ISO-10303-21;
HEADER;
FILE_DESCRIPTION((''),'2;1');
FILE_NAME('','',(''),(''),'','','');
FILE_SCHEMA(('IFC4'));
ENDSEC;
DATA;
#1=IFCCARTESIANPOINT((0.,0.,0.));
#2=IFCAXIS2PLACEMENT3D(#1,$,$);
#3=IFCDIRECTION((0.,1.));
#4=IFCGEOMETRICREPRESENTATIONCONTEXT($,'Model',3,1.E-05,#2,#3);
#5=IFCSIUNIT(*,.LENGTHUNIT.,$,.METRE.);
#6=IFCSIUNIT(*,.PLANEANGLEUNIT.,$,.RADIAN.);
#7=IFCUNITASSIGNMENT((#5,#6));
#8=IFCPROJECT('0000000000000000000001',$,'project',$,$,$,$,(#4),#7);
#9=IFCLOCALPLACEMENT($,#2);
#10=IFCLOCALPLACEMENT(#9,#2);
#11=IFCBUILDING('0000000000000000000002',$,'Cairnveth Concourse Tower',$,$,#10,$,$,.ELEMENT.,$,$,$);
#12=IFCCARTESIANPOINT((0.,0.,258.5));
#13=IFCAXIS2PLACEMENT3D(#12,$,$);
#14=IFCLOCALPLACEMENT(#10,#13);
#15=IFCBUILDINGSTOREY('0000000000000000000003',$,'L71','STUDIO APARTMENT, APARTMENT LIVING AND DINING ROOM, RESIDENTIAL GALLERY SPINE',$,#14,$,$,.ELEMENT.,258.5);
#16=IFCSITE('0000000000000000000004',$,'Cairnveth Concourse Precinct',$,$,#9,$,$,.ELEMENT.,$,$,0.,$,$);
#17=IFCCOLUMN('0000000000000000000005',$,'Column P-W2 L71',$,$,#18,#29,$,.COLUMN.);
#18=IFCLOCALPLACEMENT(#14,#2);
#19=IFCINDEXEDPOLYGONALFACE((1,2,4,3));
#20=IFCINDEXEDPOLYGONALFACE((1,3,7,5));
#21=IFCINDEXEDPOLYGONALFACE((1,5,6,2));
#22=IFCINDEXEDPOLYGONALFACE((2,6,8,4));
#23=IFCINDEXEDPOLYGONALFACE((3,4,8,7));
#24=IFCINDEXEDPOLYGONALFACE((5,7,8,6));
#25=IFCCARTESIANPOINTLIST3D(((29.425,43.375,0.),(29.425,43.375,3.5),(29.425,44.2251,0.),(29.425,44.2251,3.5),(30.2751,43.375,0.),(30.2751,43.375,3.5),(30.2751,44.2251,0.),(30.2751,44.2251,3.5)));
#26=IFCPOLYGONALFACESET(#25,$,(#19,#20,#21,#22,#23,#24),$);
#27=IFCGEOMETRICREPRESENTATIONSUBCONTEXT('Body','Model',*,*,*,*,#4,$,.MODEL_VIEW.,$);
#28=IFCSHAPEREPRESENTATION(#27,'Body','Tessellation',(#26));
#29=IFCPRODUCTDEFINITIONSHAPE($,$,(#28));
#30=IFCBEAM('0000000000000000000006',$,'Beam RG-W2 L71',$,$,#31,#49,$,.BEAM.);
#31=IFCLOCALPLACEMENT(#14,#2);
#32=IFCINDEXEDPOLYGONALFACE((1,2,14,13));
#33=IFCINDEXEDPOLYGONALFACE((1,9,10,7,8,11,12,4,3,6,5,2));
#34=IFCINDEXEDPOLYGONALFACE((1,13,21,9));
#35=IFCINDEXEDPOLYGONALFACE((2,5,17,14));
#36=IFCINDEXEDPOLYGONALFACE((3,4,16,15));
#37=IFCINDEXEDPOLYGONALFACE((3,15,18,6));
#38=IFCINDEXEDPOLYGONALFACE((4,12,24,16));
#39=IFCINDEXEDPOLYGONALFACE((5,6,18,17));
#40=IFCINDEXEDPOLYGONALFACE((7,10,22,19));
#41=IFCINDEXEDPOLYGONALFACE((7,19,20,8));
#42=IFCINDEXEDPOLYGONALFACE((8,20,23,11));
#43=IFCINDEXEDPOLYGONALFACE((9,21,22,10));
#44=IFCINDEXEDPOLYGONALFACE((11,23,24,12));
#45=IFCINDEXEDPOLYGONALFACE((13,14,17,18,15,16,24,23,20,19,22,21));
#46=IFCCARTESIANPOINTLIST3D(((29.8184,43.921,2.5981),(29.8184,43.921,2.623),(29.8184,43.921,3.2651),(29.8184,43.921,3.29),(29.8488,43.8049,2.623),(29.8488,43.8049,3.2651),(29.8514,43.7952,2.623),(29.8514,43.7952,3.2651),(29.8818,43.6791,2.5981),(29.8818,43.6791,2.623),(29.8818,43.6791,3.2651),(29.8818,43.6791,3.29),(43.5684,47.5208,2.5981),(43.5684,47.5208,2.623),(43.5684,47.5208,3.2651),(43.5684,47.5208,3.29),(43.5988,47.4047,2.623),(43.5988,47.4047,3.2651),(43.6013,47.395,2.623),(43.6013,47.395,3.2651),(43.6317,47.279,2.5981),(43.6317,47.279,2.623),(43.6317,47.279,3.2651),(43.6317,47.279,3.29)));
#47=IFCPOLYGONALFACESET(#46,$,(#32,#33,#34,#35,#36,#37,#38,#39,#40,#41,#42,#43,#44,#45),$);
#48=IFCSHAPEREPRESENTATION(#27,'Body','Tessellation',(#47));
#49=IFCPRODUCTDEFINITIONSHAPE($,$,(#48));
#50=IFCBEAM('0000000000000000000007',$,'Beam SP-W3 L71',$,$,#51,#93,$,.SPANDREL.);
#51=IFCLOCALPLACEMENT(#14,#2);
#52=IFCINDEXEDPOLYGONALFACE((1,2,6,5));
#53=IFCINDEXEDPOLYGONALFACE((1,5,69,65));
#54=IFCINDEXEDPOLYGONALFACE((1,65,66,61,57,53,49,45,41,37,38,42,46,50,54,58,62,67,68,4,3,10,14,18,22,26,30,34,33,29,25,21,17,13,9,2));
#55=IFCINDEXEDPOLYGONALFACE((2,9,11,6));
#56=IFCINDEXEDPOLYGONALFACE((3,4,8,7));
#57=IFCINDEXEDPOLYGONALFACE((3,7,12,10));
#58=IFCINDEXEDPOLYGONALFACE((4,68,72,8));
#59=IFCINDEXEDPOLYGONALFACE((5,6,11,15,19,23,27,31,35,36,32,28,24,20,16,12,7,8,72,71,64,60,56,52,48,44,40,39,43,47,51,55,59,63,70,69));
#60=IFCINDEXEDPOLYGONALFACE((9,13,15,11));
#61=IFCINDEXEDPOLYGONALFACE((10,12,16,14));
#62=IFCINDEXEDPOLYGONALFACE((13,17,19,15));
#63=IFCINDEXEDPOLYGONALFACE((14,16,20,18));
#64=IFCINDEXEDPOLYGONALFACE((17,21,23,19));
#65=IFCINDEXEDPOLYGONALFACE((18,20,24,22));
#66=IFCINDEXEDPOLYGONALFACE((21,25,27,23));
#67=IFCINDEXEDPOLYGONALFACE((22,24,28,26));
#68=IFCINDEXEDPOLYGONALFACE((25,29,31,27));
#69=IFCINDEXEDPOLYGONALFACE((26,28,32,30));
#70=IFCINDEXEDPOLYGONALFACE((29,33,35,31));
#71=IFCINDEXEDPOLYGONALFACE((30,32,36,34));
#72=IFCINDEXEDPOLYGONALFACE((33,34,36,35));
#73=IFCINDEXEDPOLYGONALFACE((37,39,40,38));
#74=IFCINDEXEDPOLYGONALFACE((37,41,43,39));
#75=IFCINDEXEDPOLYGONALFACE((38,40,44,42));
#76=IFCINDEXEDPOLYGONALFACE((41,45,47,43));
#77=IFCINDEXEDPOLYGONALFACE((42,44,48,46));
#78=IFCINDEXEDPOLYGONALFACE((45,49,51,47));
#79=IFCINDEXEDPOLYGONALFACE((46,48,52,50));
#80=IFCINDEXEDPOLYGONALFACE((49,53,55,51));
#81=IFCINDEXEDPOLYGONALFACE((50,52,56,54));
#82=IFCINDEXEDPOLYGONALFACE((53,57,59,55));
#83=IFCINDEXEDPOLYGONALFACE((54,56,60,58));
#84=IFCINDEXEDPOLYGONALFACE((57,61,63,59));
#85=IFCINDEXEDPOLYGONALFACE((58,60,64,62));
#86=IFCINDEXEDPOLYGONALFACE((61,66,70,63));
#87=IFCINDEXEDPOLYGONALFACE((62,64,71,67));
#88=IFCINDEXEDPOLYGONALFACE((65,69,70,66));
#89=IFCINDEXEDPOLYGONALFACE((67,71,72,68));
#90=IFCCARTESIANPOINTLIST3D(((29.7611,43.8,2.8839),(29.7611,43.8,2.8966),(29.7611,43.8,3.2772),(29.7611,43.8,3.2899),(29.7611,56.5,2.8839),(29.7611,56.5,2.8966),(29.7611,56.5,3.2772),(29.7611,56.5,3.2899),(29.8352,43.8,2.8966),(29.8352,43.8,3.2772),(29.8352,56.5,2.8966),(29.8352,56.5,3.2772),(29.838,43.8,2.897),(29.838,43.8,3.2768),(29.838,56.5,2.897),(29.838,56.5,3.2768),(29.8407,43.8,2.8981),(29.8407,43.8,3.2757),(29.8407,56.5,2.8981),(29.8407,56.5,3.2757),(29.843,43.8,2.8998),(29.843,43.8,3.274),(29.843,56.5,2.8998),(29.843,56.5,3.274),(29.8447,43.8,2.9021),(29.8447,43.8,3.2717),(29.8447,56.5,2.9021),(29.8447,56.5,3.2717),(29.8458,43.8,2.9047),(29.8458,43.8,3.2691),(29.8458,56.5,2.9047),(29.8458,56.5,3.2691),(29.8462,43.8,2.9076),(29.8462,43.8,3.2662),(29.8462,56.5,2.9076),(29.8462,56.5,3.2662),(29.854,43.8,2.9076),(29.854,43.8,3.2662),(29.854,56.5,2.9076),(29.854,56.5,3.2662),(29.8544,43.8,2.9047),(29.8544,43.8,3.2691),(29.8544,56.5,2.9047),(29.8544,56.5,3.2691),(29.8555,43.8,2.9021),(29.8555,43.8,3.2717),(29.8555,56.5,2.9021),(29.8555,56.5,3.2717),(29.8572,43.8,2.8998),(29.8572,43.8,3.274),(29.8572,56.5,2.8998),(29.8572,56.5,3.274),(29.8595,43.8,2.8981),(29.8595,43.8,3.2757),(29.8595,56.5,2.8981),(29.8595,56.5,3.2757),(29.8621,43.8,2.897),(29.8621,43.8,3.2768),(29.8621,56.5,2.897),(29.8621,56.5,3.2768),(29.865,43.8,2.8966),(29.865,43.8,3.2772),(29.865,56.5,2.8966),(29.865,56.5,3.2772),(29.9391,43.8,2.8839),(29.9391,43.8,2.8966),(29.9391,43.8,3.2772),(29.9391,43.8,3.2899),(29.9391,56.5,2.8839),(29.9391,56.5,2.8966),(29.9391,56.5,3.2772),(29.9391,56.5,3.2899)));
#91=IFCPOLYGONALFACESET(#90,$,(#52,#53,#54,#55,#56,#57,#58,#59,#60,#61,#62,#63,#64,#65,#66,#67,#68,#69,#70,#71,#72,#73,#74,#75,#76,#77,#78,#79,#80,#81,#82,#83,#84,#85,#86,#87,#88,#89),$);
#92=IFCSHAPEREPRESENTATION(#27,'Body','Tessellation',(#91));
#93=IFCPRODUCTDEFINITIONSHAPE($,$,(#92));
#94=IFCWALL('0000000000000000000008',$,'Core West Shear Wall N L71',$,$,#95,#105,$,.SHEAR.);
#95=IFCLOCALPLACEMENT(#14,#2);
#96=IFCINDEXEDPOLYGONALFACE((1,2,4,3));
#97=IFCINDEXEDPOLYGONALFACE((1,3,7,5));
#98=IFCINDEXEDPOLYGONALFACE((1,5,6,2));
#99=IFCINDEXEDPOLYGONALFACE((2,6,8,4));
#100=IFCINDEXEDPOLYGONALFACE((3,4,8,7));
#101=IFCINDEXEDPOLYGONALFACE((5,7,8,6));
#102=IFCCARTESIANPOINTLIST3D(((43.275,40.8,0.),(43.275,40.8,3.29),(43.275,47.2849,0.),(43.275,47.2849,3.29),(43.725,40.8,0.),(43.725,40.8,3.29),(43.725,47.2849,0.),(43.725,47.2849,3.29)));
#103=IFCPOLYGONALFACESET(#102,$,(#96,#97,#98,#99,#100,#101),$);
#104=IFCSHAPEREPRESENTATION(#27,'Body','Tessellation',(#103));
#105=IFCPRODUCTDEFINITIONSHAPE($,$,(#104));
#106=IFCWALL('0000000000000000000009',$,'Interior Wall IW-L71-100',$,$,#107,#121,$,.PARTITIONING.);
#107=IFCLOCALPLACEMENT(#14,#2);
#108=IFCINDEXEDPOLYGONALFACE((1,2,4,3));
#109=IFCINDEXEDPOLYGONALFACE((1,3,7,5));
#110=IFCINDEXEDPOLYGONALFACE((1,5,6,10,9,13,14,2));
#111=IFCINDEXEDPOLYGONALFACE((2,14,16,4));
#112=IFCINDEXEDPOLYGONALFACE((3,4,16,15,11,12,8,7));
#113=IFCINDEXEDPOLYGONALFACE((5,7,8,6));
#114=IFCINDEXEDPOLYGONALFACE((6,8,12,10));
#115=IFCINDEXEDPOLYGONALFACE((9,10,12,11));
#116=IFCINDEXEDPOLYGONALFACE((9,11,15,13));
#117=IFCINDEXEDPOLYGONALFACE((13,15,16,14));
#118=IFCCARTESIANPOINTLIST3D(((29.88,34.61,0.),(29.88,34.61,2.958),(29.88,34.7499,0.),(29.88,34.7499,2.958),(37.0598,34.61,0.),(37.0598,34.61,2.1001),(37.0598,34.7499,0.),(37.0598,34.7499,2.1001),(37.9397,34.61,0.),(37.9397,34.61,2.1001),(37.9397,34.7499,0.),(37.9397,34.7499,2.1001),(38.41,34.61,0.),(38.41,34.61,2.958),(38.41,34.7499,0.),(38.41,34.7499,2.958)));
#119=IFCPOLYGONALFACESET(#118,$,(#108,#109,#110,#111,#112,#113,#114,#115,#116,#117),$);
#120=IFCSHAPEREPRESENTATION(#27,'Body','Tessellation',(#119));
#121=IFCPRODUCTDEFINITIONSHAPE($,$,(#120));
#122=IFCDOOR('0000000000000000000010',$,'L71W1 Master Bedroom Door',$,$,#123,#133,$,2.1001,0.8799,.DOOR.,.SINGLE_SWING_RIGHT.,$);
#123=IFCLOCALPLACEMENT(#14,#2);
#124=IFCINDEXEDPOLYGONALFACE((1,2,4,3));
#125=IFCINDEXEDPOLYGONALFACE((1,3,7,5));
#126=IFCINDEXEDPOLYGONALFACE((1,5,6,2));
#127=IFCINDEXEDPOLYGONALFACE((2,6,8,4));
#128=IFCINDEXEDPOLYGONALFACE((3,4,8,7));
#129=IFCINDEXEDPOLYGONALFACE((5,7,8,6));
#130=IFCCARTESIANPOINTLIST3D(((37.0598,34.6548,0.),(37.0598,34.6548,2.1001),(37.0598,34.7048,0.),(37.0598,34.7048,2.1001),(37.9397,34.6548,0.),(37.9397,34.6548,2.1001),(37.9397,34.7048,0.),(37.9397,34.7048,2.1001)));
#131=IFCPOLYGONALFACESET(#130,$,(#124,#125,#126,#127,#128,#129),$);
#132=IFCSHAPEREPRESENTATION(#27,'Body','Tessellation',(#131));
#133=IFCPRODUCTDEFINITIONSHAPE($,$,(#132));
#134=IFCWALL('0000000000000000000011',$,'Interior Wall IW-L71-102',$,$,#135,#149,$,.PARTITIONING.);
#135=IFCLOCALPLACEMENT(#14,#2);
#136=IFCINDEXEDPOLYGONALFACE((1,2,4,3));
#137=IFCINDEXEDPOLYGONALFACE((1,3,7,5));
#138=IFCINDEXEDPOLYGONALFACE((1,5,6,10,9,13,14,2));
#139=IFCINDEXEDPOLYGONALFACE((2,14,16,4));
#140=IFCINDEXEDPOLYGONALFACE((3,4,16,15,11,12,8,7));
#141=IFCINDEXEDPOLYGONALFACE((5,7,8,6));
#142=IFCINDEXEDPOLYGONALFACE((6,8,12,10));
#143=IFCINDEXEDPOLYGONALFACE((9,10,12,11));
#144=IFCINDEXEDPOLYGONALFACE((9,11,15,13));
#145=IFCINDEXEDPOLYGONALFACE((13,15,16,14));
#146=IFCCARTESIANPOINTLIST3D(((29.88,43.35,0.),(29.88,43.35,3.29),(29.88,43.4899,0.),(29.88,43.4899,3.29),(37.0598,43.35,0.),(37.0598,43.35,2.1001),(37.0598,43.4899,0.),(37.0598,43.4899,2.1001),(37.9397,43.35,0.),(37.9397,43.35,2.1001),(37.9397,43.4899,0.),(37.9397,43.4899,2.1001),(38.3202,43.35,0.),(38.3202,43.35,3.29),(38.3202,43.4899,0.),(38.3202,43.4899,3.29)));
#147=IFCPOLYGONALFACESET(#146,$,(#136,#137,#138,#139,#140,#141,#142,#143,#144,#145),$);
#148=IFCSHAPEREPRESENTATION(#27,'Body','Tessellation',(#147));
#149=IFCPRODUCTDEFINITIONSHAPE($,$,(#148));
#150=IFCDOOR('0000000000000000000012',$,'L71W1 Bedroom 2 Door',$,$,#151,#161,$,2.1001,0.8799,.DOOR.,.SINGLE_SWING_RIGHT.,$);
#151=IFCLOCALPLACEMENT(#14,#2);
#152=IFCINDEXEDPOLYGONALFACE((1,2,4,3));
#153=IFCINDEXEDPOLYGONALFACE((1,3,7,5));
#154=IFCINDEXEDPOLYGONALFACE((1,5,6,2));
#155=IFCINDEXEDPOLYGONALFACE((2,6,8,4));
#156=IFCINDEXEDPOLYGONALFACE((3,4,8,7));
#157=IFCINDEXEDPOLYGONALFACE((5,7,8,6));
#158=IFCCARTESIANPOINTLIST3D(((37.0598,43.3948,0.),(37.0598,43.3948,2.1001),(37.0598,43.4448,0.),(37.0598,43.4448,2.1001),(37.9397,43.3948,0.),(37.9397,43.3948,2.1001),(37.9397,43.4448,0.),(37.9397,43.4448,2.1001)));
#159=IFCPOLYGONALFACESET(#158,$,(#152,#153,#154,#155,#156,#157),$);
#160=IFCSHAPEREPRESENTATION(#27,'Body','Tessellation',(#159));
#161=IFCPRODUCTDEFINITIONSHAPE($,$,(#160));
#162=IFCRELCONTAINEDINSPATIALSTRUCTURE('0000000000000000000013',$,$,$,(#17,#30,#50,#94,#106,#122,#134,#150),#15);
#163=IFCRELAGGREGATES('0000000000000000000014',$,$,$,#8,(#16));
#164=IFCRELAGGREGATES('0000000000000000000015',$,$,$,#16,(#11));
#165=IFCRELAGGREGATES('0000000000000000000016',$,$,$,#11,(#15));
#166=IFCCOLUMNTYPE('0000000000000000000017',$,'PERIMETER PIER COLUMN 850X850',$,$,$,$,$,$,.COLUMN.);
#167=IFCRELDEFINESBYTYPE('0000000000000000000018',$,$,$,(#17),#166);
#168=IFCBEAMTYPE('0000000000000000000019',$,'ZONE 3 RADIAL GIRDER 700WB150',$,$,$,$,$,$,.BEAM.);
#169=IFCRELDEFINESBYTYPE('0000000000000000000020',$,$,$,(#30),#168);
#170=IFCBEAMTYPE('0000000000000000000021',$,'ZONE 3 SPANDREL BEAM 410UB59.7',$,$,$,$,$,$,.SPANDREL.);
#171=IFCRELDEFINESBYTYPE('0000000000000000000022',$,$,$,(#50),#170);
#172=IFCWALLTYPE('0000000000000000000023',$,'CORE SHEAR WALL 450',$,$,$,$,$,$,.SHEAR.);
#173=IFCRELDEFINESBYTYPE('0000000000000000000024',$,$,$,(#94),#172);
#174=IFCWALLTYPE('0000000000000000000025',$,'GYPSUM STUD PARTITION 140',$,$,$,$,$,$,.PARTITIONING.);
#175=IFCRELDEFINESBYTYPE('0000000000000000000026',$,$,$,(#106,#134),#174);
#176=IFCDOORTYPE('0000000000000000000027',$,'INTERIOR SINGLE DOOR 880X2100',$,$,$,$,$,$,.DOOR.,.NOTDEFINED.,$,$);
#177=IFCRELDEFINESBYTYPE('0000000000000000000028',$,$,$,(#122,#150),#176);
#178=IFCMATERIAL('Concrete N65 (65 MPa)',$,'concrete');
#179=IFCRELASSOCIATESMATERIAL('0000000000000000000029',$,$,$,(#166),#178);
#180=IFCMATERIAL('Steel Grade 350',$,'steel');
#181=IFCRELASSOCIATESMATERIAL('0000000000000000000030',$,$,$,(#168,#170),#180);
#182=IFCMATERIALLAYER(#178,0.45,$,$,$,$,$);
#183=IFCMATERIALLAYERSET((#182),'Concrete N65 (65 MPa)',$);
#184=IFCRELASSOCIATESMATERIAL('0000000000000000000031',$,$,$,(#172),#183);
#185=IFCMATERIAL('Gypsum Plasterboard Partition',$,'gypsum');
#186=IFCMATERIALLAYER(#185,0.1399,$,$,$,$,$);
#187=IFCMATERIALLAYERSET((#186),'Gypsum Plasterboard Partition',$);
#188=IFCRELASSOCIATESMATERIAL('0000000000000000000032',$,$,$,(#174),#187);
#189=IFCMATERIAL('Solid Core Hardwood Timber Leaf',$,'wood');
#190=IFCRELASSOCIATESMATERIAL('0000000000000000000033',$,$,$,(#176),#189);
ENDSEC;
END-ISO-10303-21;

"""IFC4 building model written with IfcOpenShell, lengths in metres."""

from ifc_helpers import new_model, si_unit, direction, frame, frame_2d, origin, origin_2d, place, context, subcontext, project, spatial, rectangle, i_section, extrude, material, layer, layer_set, material_profile, profile_set, type_object, element, fill, save


model = new_model("IFC4")

# Units and contexts
model_context = context("Model", 3, precision=1e-05, world=origin(), true_north=direction((0.0, 1.0)))
body_context = subcontext(model_context, "Body", "Model", "MODEL_VIEW")
ifc_project = project(units=[si_unit("LENGTHUNIT", "METRE"), si_unit("PLANEANGLEUNIT", "RADIAN")], contexts=[model_context])

# Site, building, storey
site_placement = place(None, origin())
site = spatial("IfcSite", under=ifc_project, at=site_placement, Name="Cairnveth Concourse Precinct", CompositionType="ELEMENT", RefElevation=0.0)
building_placement = place(site_placement, origin())
building = spatial("IfcBuilding", under=site, at=building_placement, Name="Cairnveth Concourse Tower", CompositionType="ELEMENT")
storey_placement = place(building_placement, frame((0.0, 0.0, 258.5)))
storey = spatial("IfcBuildingStorey", under=building, at=storey_placement, Name="L71", Description="STUDIO APARTMENT, APARTMENT LIVING AND DINING ROOM, RESIDENTIAL GALLERY SPINE", CompositionType="ELEMENT", Elevation=258.5)

# Column
ifc_material_1 = material(Name="Concrete N65 (65 MPa)", Category="concrete")
ifc_material_profile_1 = material_profile(ifc_material_1, rectangle(XDim=0.8501, YDim=0.8501, at=origin_2d()), Name="RC-COL-850x850")
ifc_profile_set_1 = profile_set([ifc_material_profile_1], Name="Concrete N65 (65 MPa)")
column_type = type_object("IfcColumnType", Name="PERIMETER PIER COLUMN 850X850", PredefinedType="COLUMN", material=ifc_profile_set_1)
column_placement = place(storey_placement, frame((29.8501, 43.8, 0.0), z_axis=(0.0, 0.0, 1.0), x_axis=(0.0, 1.0, 0.0)))
element("IfcColumn", 1, at=column_placement, inside=storey, type_object=column_type, Name="Column P-W2 L71", PredefinedType="COLUMN", context=body_context, shape_type="SweptSolid", body=[
    extrude(rectangle(XDim=0.8501, YDim=0.8501, at=origin_2d()), origin(), (0.0, 0.0, 1.0), 3.5),
])

# Beams
ifc_material_2 = material(Name="Steel Grade 350", Category="steel")
ifc_material_profile_2 = material_profile(ifc_material_2, i_section(OverallWidth=0.25, OverallDepth=0.6919, WebThickness=0.01, FlangeThickness=0.0249, at=origin_2d()), Name="700WB150")
ifc_profile_set_2 = profile_set([ifc_material_profile_2], Name="Steel Grade 350")
beam_type_1 = type_object("IfcBeamType", Name="ZONE 3 RADIAL GIRDER 700WB150", PredefinedType="BEAM", material=ifc_profile_set_2)
beam_1_placement = place(storey_placement, frame((29.8501, 43.8, 2.9441), z_axis=(0.967395, 0.253271, 0.0), x_axis=(-0.253271, 0.967395, 0.0)))
element("IfcBeam", 2, at=beam_1_placement, inside=storey, type_object=beam_type_1, Name="Beam RG-W2 L71", PredefinedType="BEAM", context=body_context, shape_type="SweptSolid", body=[
    extrude(i_section(OverallWidth=0.25, OverallDepth=0.6919, WebThickness=0.01, FlangeThickness=0.0249, at=origin_2d()), origin(), (0.0, 0.0, 1.0), 14.2134),
])
ifc_material_profile_3 = material_profile(ifc_material_2, i_section(OverallWidth=0.178, OverallDepth=0.406, WebThickness=0.0078, FlangeThickness=0.0127, FilletRadius=0.011, at=origin_2d()), Name="410UB59.7")
ifc_profile_set_3 = profile_set([ifc_material_profile_3], Name="Steel Grade 350")
beam_type_2 = type_object("IfcBeamType", Name="ZONE 3 SPANDREL BEAM 410UB59.7", PredefinedType="SPANDREL", material=ifc_profile_set_3)
beam_2_placement = place(storey_placement, frame((29.8501, 43.8, 3.0869), z_axis=(0.0, 1.0, 0.0), x_axis=(-1.0, 0.0, 0.0)))
element("IfcBeam", 3, at=beam_2_placement, inside=storey, type_object=beam_type_2, Name="Beam SP-W3 L71", PredefinedType="SPANDREL", context=body_context, shape_type="SweptSolid", body=[
    extrude(i_section(OverallWidth=0.178, OverallDepth=0.406, WebThickness=0.0078, FlangeThickness=0.0127, FilletRadius=0.011, at=origin_2d()), origin(), (0.0, 0.0, 1.0), 12.7),
])

# Wall
ifc_layer_1 = layer(ifc_material_1, 0.45)
ifc_layer_set_1 = layer_set([ifc_layer_1], Name="Concrete N65 (65 MPa)")
wall_type_1 = type_object("IfcWallType", Name="CORE SHEAR WALL 450", PredefinedType="SHEAR", material=ifc_layer_set_1)
wall_1_placement = place(storey_placement, frame((43.5, 40.8, 0.0), z_axis=(0.0, 0.0, 1.0), x_axis=(0.0, 1.0, 0.0)))
element("IfcWall", 4, at=wall_1_placement, inside=storey, type_object=wall_type_1, Name="Core West Shear Wall N L71", PredefinedType="SHEAR", context=body_context, shape_type="SweptSolid", body=[
    extrude(rectangle(XDim=6.4849, YDim=0.45, at=frame_2d((3.2424, 0.0))), origin(), (0.0, 0.0, 1.0), 3.29),
])

# Walls, openings, doors
ifc_material_3 = material(Name="Gypsum Plasterboard Partition", Category="gypsum")
ifc_layer_2 = layer(ifc_material_3, 0.1399)
ifc_layer_set_2 = layer_set([ifc_layer_2], Name="Gypsum Plasterboard Partition")
wall_type_2 = type_object("IfcWallType", Name="GYPSUM STUD PARTITION 140", PredefinedType="PARTITIONING", material=ifc_layer_set_2)
wall_2_placement = place(storey_placement, frame((29.8799, 34.6799, 0.0), z_axis=(0.0, 0.0, 1.0), x_axis=(1.0, 0.0, 0.0)))
wall_2 = element("IfcWall", 5, at=wall_2_placement, inside=storey, type_object=wall_type_2, Name="Interior Wall IW-L71-100", PredefinedType="PARTITIONING", context=body_context, shape_type="SweptSolid", body=[
    extrude(rectangle(XDim=8.53, YDim=0.1399, at=frame_2d((4.2651, 0.0))), origin(), (0.0, 0.0, 1.0), 2.958),
])
opening_1_placement = place(wall_2_placement, frame((7.1799, 0.0, 0.0)))
opening_1 = element("IfcOpeningElement", 6, at=opening_1_placement, cuts=wall_2, PredefinedType="OPENING", context=body_context, shape_type="SweptSolid", body=[
    extrude(rectangle(XDim=0.8799, YDim=2.1001, at=frame_2d((0.4399, 1.05))), frame((0.0, 0.0798, 0.0), z_axis=(0.0, -1.0, 0.0), x_axis=(1.0, 0.0, 0.0)), (0.0, 0.0, 1.0), 0.1599),
])
ifc_material_4 = material(Name="Solid Core Hardwood Timber Leaf", Category="wood")
door_type_1 = type_object("IfcDoorType", Name="INTERIOR SINGLE DOOR 880X2100", OperationType="NOTDEFINED", PredefinedType="DOOR", material=ifc_material_4)
door_1_placement = place(opening_1_placement, origin())
door_1 = element("IfcDoor", 7, at=door_1_placement, inside=storey, type_object=door_type_1, Name="L71W1 Master Bedroom Door", OperationType="SINGLE_SWING_RIGHT", OverallHeight=2.1001, OverallWidth=0.8799, PredefinedType="DOOR", context=body_context, shape_type="SweptSolid", body=[
    extrude(rectangle(XDim=0.8799, YDim=2.1001, at=frame_2d((0.4399, 1.05))), frame((0.0, 0.0249, 0.0), z_axis=(0.0, -1.0, 0.0), x_axis=(1.0, 0.0, 0.0)), (0.0, 0.0, 1.0), 0.05),
])
fill(opening_1, door_1)
wall_3_placement = place(storey_placement, frame((29.8799, 43.4199, 0.0), z_axis=(0.0, 0.0, 1.0), x_axis=(1.0, 0.0, 0.0)))
wall_3 = element("IfcWall", 8, at=wall_3_placement, inside=storey, type_object=wall_type_2, Name="Interior Wall IW-L71-102", PredefinedType="PARTITIONING", context=body_context, shape_type="SweptSolid", body=[
    extrude(rectangle(XDim=8.4402, YDim=0.1399, at=frame_2d((4.2202, 0.0))), origin(), (0.0, 0.0, 1.0), 3.29),
])
opening_2_placement = place(wall_3_placement, frame((7.1799, 0.0, 0.0)))
opening_2 = element("IfcOpeningElement", 9, at=opening_2_placement, cuts=wall_3, PredefinedType="OPENING", context=body_context, shape_type="SweptSolid", body=[
    extrude(rectangle(XDim=0.8799, YDim=2.1001, at=frame_2d((0.4399, 1.05))), frame((0.0, 0.0798, 0.0), z_axis=(0.0, -1.0, 0.0), x_axis=(1.0, 0.0, 0.0)), (0.0, 0.0, 1.0), 0.1599),
])
door_2_placement = place(opening_2_placement, origin())
door_2 = element("IfcDoor", 10, at=door_2_placement, inside=storey, type_object=door_type_1, Name="L71W1 Bedroom 2 Door", OperationType="SINGLE_SWING_RIGHT", OverallHeight=2.1001, OverallWidth=0.8799, PredefinedType="DOOR", context=body_context, shape_type="SweptSolid", body=[
    extrude(rectangle(XDim=0.8799, YDim=2.1001, at=frame_2d((0.4399, 1.05))), frame((0.0, 0.0249, 0.0), z_axis=(0.0, -1.0, 0.0), x_axis=(1.0, 0.0, 0.0)), (0.0, 0.0, 1.0), 0.05),
])
fill(opening_2, door_2)

save(model, "model.ifc")
